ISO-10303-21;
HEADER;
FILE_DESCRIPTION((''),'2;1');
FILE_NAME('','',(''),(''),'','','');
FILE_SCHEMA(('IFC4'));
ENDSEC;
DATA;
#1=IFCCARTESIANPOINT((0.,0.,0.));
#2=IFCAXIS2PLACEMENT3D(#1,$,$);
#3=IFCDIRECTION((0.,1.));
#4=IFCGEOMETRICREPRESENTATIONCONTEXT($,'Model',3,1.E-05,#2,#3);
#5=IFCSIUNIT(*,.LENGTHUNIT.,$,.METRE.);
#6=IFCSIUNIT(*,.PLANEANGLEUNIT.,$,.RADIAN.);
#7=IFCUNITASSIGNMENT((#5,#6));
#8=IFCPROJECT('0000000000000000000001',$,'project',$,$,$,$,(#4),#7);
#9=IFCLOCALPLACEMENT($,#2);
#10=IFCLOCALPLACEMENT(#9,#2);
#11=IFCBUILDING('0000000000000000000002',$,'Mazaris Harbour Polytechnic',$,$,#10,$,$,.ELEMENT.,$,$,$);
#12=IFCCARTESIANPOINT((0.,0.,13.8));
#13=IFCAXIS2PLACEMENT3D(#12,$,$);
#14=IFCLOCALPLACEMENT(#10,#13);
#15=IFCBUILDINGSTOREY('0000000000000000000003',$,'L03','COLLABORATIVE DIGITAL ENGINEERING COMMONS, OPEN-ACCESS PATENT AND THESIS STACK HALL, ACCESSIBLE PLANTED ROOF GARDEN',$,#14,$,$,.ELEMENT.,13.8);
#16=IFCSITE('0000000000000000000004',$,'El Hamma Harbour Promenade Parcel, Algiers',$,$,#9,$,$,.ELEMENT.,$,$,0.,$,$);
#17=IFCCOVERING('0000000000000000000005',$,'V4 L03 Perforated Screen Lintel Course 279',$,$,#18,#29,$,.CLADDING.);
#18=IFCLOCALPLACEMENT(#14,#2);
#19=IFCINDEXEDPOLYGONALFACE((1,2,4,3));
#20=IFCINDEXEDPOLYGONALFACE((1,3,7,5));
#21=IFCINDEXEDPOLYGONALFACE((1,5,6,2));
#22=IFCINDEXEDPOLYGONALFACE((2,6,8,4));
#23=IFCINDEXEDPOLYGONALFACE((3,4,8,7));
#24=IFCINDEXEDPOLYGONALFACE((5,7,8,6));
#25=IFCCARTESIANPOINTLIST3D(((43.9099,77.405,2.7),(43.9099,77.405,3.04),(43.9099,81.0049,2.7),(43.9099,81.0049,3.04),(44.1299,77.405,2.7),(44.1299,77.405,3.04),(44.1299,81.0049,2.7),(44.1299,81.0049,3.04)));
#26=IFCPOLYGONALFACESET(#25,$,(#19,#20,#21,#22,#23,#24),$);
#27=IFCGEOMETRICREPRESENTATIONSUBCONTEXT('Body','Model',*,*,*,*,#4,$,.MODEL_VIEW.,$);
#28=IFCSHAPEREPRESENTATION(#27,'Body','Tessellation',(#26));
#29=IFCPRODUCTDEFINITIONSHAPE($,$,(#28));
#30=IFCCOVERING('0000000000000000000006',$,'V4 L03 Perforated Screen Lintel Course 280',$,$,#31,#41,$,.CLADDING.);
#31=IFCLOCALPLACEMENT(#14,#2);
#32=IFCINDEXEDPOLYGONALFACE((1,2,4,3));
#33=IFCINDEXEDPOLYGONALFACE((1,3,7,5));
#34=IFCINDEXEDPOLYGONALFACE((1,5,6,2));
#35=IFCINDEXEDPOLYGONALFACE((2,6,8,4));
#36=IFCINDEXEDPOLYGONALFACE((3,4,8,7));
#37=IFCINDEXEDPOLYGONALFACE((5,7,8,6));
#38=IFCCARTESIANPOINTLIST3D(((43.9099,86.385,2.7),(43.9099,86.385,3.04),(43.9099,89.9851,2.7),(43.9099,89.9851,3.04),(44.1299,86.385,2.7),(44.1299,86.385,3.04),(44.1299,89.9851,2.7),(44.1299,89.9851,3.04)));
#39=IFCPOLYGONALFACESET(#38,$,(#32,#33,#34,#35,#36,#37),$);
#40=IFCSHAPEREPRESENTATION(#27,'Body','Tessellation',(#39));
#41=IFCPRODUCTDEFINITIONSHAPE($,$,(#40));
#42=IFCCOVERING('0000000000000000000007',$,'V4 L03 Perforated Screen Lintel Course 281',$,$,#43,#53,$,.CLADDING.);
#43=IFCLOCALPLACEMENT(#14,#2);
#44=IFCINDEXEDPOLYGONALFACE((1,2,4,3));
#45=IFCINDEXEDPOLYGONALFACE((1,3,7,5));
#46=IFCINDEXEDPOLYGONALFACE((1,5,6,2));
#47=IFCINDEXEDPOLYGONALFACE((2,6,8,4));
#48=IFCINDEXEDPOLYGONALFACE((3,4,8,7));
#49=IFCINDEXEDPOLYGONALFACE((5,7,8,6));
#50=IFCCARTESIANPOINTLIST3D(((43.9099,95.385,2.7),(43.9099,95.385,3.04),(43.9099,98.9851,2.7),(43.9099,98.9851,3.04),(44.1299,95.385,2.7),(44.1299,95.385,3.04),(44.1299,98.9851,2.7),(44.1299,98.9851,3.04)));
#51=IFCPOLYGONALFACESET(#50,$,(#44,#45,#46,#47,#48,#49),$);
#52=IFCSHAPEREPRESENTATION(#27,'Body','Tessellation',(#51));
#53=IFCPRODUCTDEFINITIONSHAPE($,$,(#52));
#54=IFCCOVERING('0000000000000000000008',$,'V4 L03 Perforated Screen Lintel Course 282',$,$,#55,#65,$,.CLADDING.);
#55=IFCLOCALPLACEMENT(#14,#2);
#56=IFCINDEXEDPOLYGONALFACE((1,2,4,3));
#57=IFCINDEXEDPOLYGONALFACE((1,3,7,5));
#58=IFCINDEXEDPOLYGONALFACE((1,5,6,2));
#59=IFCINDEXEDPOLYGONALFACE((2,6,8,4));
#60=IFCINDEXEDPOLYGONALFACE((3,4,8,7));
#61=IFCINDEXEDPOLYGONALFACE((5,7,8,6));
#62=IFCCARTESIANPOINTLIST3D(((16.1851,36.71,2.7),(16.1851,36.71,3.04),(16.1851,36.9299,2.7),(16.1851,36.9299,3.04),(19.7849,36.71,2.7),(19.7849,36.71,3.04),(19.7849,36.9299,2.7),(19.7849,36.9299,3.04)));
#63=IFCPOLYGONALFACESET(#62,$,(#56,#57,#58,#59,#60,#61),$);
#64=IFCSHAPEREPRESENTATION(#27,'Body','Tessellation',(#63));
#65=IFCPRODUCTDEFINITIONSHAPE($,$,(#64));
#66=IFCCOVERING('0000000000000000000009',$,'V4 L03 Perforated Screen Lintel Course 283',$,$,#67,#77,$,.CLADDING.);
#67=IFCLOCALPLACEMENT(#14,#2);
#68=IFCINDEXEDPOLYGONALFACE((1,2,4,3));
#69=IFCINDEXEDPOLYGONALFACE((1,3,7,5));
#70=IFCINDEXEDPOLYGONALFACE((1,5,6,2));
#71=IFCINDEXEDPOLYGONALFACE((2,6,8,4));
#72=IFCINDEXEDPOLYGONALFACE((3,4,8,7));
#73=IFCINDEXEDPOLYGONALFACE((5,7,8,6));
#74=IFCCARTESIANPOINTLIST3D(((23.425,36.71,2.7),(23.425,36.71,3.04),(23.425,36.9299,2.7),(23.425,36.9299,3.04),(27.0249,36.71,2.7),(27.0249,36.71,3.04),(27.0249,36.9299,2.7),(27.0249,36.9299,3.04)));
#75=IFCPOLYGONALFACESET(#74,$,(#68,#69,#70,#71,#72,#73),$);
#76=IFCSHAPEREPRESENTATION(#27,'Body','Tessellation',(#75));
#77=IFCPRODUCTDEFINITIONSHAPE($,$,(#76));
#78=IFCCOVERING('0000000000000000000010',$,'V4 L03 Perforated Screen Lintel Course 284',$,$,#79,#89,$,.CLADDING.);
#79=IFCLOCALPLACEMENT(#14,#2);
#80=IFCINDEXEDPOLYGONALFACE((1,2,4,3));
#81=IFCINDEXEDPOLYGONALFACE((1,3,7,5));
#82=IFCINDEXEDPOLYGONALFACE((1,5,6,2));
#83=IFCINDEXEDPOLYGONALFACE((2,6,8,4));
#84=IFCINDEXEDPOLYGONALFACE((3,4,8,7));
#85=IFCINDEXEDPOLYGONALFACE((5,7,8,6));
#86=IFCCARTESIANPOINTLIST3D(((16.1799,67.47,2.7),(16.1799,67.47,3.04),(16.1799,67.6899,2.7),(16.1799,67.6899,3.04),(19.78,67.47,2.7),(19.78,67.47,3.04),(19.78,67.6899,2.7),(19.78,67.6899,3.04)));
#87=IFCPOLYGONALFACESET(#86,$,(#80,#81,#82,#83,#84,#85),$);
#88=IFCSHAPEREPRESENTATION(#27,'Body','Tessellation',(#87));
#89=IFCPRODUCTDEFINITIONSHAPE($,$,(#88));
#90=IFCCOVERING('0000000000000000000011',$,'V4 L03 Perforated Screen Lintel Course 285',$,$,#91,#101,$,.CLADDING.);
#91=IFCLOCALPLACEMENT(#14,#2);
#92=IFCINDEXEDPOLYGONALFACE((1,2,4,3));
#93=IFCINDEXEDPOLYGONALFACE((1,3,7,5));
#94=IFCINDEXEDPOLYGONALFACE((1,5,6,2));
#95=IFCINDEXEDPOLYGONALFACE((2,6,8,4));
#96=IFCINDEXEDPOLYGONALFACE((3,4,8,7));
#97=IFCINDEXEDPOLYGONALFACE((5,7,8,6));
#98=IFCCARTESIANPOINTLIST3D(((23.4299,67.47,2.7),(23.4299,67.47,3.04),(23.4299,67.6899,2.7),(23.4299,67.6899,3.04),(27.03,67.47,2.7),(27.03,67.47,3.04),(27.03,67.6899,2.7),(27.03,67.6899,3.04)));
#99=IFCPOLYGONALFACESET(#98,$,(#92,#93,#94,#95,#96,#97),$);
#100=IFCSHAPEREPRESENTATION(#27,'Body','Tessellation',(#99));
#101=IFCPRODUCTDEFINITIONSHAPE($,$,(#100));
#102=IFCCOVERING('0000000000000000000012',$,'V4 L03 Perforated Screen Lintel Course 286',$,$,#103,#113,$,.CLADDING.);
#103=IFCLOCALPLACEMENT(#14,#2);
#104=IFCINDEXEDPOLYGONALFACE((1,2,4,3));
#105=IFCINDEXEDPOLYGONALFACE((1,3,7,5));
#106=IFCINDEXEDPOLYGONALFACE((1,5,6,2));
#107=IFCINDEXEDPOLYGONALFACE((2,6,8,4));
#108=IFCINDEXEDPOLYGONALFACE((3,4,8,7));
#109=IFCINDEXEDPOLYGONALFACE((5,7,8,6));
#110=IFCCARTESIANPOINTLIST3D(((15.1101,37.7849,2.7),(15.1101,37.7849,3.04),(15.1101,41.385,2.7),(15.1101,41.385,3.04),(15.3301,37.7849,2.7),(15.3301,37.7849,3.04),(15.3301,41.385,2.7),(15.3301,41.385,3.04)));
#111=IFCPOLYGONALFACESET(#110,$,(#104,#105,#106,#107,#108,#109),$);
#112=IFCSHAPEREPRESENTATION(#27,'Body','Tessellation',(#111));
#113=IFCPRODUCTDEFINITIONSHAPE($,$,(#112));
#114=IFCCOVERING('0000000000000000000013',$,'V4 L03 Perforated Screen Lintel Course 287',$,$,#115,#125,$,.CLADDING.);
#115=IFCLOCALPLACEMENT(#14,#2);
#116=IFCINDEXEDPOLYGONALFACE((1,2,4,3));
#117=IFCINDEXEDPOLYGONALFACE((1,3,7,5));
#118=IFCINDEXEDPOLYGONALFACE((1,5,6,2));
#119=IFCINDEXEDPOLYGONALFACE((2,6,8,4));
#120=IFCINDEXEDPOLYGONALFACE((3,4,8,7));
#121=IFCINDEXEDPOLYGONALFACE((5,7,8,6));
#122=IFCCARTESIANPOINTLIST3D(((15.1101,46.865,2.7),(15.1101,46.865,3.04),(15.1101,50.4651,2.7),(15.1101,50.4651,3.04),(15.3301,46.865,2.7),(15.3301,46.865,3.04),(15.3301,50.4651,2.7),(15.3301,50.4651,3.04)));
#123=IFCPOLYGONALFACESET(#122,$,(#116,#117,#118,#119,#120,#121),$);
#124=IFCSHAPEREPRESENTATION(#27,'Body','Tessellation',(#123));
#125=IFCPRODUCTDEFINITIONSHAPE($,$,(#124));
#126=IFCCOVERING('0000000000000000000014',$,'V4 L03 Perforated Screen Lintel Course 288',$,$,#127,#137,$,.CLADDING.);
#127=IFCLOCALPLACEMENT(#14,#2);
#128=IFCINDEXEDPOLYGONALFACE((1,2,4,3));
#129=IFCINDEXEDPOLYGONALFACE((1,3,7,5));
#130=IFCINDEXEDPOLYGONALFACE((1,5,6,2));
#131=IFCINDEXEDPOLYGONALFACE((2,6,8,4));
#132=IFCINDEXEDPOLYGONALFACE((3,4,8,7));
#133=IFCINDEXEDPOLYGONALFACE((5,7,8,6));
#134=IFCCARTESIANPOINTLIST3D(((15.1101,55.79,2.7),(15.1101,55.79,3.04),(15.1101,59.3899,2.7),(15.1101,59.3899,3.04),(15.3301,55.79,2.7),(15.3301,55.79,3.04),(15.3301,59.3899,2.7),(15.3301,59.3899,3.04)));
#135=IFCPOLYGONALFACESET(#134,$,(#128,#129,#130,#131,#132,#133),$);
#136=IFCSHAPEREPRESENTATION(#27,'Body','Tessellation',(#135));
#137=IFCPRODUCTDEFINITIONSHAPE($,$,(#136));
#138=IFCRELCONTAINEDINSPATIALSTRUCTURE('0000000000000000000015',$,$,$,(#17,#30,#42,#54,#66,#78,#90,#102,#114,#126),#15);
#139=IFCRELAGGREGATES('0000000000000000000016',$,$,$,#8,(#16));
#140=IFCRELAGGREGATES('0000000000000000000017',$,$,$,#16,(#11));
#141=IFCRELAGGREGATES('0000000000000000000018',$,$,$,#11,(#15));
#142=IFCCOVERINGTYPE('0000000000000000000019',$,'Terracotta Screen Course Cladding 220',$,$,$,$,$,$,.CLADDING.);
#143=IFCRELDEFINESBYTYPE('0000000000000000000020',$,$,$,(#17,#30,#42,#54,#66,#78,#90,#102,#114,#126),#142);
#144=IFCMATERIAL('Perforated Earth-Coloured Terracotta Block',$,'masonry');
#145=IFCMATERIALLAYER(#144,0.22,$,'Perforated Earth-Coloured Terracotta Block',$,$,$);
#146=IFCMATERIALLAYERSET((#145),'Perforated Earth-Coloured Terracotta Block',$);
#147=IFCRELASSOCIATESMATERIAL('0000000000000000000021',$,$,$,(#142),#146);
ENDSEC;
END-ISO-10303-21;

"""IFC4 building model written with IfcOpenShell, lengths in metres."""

from ifc_helpers import new_model, si_unit, direction, frame, origin, place, context, subcontext, project, spatial, polyline, outline, extrude, material, layer, layer_set, type_object, element, save


model = new_model("IFC4")

# Units and contexts
model_context = context("Model", 3, precision=1e-05, world=origin(), true_north=direction((0.0, 1.0)))
body_context = subcontext(model_context, "Body", "Model", "MODEL_VIEW")
ifc_project = project(units=[si_unit("LENGTHUNIT", "METRE"), si_unit("PLANEANGLEUNIT", "RADIAN")], contexts=[model_context])

# Site, building, storey
site_placement = place(None, origin())
site = spatial("IfcSite", under=ifc_project, at=site_placement, Name="El Hamma Harbour Promenade Parcel, Algiers", CompositionType="ELEMENT", RefElevation=0.0)
building_placement = place(site_placement, origin())
building = spatial("IfcBuilding", under=site, at=building_placement, Name="Mazaris Harbour Polytechnic", CompositionType="ELEMENT")
storey_placement = place(building_placement, frame((0.0, 0.0, 13.8)))
storey = spatial("IfcBuildingStorey", under=building, at=storey_placement, Name="L03", Description="COLLABORATIVE DIGITAL ENGINEERING COMMONS, OPEN-ACCESS PATENT AND THESIS STACK HALL, ACCESSIBLE PLANTED ROOF GARDEN", CompositionType="ELEMENT", Elevation=13.8)

# Coverings
ifc_material = material(Name="Perforated Earth-Coloured Terracotta Block", Category="masonry")
ifc_layer = layer(ifc_material, 0.22, Name="Perforated Earth-Coloured Terracotta Block")
ifc_layer_set = layer_set([ifc_layer], Name="Perforated Earth-Coloured Terracotta Block")
covering_type = type_object("IfcCoveringType", Name="Terracotta Screen Course Cladding 220", PredefinedType="CLADDING", material=ifc_layer_set)
covering_1_placement = place(storey_placement, frame((0.0, 0.0, 2.7)))
element("IfcCovering", 1, at=covering_1_placement, inside=storey, type_object=covering_type, Name="V4 L03 Perforated Screen Lintel Course 279", PredefinedType="CLADDING", context=body_context, shape_type="SweptSolid", body=[
    extrude(outline(polyline([(43.9099, 81.0049), (43.9099, 77.405), (44.1299, 77.405), (44.1299, 81.0049), (43.9099, 81.0049)])), origin(), (0.0, 0.0, 1.0), 0.3401),
])
covering_2_placement = place(storey_placement, frame((0.0, 0.0, 2.7)))
element("IfcCovering", 2, at=covering_2_placement, inside=storey, type_object=covering_type, Name="V4 L03 Perforated Screen Lintel Course 280", PredefinedType="CLADDING", context=body_context, shape_type="SweptSolid", body=[
    extrude(outline(polyline([(43.9099, 89.9851), (43.9099, 86.385), (44.1299, 86.385), (44.1299, 89.9851), (43.9099, 89.9851)])), origin(), (0.0, 0.0, 1.0), 0.3401),
])
covering_3_placement = place(storey_placement, frame((0.0, 0.0, 2.7)))
element("IfcCovering", 3, at=covering_3_placement, inside=storey, type_object=covering_type, Name="V4 L03 Perforated Screen Lintel Course 281", PredefinedType="CLADDING", context=body_context, shape_type="SweptSolid", body=[
    extrude(outline(polyline([(43.9099, 98.9851), (43.9099, 95.385), (44.1299, 95.385), (44.1299, 98.9851), (43.9099, 98.9851)])), origin(), (0.0, 0.0, 1.0), 0.3401),
])
covering_4_placement = place(storey_placement, frame((0.0, 0.0, 2.7)))
element("IfcCovering", 4, at=covering_4_placement, inside=storey, type_object=covering_type, Name="V4 L03 Perforated Screen Lintel Course 282", PredefinedType="CLADDING", context=body_context, shape_type="SweptSolid", body=[
    extrude(outline(polyline([(16.1851, 36.71), (19.7849, 36.71), (19.7849, 36.9299), (16.1851, 36.9299), (16.1851, 36.71)])), origin(), (0.0, 0.0, 1.0), 0.3401),
])
covering_5_placement = place(storey_placement, frame((0.0, 0.0, 2.7)))
element("IfcCovering", 5, at=covering_5_placement, inside=storey, type_object=covering_type, Name="V4 L03 Perforated Screen Lintel Course 283", PredefinedType="CLADDING", context=body_context, shape_type="SweptSolid", body=[
    extrude(outline(polyline([(23.425, 36.71), (27.0249, 36.71), (27.0249, 36.9299), (23.425, 36.9299), (23.425, 36.71)])), origin(), (0.0, 0.0, 1.0), 0.3401),
])
covering_6_placement = place(storey_placement, frame((0.0, 0.0, 2.7)))
element("IfcCovering", 6, at=covering_6_placement, inside=storey, type_object=covering_type, Name="V4 L03 Perforated Screen Lintel Course 284", PredefinedType="CLADDING", context=body_context, shape_type="SweptSolid", body=[
    extrude(outline(polyline([(19.78, 67.6899), (16.1799, 67.6899), (16.1799, 67.47), (19.78, 67.47), (19.78, 67.6899)])), origin(), (0.0, 0.0, 1.0), 0.3401),
])
covering_7_placement = place(storey_placement, frame((0.0, 0.0, 2.7)))
element("IfcCovering", 7, at=covering_7_placement, inside=storey, type_object=covering_type, Name="V4 L03 Perforated Screen Lintel Course 285", PredefinedType="CLADDING", context=body_context, shape_type="SweptSolid", body=[
    extrude(outline(polyline([(27.03, 67.6899), (23.4299, 67.6899), (23.4299, 67.47), (27.03, 67.47), (27.03, 67.6899)])), origin(), (0.0, 0.0, 1.0), 0.3401),
])
covering_8_placement = place(storey_placement, frame((0.0, 0.0, 2.7)))
element("IfcCovering", 8, at=covering_8_placement, inside=storey, type_object=covering_type, Name="V4 L03 Perforated Screen Lintel Course 286", PredefinedType="CLADDING", context=body_context, shape_type="SweptSolid", body=[
    extrude(outline(polyline([(15.1101, 37.7849), (15.1101, 41.385), (15.3301, 41.385), (15.3301, 37.7849), (15.1101, 37.7849)])), origin(), (0.0, 0.0, 1.0), 0.3401),
])
covering_9_placement = place(storey_placement, frame((0.0, 0.0, 2.7)))
element("IfcCovering", 9, at=covering_9_placement, inside=storey, type_object=covering_type, Name="V4 L03 Perforated Screen Lintel Course 287", PredefinedType="CLADDING", context=body_context, shape_type="SweptSolid", body=[
    extrude(outline(polyline([(15.1101, 46.865), (15.1101, 50.4651), (15.3301, 50.4651), (15.3301, 46.865), (15.1101, 46.865)])), origin(), (0.0, 0.0, 1.0), 0.3401),
])
covering_10_placement = place(storey_placement, frame((0.0, 0.0, 2.7)))
element("IfcCovering", 10, at=covering_10_placement, inside=storey, type_object=covering_type, Name="V4 L03 Perforated Screen Lintel Course 288", PredefinedType="CLADDING", context=body_context, shape_type="SweptSolid", body=[
    extrude(outline(polyline([(15.1101, 55.79), (15.1101, 59.3899), (15.3301, 59.3899), (15.3301, 55.79), (15.1101, 55.79)])), origin(), (0.0, 0.0, 1.0), 0.3401),
])

save(model, "model.ifc")
